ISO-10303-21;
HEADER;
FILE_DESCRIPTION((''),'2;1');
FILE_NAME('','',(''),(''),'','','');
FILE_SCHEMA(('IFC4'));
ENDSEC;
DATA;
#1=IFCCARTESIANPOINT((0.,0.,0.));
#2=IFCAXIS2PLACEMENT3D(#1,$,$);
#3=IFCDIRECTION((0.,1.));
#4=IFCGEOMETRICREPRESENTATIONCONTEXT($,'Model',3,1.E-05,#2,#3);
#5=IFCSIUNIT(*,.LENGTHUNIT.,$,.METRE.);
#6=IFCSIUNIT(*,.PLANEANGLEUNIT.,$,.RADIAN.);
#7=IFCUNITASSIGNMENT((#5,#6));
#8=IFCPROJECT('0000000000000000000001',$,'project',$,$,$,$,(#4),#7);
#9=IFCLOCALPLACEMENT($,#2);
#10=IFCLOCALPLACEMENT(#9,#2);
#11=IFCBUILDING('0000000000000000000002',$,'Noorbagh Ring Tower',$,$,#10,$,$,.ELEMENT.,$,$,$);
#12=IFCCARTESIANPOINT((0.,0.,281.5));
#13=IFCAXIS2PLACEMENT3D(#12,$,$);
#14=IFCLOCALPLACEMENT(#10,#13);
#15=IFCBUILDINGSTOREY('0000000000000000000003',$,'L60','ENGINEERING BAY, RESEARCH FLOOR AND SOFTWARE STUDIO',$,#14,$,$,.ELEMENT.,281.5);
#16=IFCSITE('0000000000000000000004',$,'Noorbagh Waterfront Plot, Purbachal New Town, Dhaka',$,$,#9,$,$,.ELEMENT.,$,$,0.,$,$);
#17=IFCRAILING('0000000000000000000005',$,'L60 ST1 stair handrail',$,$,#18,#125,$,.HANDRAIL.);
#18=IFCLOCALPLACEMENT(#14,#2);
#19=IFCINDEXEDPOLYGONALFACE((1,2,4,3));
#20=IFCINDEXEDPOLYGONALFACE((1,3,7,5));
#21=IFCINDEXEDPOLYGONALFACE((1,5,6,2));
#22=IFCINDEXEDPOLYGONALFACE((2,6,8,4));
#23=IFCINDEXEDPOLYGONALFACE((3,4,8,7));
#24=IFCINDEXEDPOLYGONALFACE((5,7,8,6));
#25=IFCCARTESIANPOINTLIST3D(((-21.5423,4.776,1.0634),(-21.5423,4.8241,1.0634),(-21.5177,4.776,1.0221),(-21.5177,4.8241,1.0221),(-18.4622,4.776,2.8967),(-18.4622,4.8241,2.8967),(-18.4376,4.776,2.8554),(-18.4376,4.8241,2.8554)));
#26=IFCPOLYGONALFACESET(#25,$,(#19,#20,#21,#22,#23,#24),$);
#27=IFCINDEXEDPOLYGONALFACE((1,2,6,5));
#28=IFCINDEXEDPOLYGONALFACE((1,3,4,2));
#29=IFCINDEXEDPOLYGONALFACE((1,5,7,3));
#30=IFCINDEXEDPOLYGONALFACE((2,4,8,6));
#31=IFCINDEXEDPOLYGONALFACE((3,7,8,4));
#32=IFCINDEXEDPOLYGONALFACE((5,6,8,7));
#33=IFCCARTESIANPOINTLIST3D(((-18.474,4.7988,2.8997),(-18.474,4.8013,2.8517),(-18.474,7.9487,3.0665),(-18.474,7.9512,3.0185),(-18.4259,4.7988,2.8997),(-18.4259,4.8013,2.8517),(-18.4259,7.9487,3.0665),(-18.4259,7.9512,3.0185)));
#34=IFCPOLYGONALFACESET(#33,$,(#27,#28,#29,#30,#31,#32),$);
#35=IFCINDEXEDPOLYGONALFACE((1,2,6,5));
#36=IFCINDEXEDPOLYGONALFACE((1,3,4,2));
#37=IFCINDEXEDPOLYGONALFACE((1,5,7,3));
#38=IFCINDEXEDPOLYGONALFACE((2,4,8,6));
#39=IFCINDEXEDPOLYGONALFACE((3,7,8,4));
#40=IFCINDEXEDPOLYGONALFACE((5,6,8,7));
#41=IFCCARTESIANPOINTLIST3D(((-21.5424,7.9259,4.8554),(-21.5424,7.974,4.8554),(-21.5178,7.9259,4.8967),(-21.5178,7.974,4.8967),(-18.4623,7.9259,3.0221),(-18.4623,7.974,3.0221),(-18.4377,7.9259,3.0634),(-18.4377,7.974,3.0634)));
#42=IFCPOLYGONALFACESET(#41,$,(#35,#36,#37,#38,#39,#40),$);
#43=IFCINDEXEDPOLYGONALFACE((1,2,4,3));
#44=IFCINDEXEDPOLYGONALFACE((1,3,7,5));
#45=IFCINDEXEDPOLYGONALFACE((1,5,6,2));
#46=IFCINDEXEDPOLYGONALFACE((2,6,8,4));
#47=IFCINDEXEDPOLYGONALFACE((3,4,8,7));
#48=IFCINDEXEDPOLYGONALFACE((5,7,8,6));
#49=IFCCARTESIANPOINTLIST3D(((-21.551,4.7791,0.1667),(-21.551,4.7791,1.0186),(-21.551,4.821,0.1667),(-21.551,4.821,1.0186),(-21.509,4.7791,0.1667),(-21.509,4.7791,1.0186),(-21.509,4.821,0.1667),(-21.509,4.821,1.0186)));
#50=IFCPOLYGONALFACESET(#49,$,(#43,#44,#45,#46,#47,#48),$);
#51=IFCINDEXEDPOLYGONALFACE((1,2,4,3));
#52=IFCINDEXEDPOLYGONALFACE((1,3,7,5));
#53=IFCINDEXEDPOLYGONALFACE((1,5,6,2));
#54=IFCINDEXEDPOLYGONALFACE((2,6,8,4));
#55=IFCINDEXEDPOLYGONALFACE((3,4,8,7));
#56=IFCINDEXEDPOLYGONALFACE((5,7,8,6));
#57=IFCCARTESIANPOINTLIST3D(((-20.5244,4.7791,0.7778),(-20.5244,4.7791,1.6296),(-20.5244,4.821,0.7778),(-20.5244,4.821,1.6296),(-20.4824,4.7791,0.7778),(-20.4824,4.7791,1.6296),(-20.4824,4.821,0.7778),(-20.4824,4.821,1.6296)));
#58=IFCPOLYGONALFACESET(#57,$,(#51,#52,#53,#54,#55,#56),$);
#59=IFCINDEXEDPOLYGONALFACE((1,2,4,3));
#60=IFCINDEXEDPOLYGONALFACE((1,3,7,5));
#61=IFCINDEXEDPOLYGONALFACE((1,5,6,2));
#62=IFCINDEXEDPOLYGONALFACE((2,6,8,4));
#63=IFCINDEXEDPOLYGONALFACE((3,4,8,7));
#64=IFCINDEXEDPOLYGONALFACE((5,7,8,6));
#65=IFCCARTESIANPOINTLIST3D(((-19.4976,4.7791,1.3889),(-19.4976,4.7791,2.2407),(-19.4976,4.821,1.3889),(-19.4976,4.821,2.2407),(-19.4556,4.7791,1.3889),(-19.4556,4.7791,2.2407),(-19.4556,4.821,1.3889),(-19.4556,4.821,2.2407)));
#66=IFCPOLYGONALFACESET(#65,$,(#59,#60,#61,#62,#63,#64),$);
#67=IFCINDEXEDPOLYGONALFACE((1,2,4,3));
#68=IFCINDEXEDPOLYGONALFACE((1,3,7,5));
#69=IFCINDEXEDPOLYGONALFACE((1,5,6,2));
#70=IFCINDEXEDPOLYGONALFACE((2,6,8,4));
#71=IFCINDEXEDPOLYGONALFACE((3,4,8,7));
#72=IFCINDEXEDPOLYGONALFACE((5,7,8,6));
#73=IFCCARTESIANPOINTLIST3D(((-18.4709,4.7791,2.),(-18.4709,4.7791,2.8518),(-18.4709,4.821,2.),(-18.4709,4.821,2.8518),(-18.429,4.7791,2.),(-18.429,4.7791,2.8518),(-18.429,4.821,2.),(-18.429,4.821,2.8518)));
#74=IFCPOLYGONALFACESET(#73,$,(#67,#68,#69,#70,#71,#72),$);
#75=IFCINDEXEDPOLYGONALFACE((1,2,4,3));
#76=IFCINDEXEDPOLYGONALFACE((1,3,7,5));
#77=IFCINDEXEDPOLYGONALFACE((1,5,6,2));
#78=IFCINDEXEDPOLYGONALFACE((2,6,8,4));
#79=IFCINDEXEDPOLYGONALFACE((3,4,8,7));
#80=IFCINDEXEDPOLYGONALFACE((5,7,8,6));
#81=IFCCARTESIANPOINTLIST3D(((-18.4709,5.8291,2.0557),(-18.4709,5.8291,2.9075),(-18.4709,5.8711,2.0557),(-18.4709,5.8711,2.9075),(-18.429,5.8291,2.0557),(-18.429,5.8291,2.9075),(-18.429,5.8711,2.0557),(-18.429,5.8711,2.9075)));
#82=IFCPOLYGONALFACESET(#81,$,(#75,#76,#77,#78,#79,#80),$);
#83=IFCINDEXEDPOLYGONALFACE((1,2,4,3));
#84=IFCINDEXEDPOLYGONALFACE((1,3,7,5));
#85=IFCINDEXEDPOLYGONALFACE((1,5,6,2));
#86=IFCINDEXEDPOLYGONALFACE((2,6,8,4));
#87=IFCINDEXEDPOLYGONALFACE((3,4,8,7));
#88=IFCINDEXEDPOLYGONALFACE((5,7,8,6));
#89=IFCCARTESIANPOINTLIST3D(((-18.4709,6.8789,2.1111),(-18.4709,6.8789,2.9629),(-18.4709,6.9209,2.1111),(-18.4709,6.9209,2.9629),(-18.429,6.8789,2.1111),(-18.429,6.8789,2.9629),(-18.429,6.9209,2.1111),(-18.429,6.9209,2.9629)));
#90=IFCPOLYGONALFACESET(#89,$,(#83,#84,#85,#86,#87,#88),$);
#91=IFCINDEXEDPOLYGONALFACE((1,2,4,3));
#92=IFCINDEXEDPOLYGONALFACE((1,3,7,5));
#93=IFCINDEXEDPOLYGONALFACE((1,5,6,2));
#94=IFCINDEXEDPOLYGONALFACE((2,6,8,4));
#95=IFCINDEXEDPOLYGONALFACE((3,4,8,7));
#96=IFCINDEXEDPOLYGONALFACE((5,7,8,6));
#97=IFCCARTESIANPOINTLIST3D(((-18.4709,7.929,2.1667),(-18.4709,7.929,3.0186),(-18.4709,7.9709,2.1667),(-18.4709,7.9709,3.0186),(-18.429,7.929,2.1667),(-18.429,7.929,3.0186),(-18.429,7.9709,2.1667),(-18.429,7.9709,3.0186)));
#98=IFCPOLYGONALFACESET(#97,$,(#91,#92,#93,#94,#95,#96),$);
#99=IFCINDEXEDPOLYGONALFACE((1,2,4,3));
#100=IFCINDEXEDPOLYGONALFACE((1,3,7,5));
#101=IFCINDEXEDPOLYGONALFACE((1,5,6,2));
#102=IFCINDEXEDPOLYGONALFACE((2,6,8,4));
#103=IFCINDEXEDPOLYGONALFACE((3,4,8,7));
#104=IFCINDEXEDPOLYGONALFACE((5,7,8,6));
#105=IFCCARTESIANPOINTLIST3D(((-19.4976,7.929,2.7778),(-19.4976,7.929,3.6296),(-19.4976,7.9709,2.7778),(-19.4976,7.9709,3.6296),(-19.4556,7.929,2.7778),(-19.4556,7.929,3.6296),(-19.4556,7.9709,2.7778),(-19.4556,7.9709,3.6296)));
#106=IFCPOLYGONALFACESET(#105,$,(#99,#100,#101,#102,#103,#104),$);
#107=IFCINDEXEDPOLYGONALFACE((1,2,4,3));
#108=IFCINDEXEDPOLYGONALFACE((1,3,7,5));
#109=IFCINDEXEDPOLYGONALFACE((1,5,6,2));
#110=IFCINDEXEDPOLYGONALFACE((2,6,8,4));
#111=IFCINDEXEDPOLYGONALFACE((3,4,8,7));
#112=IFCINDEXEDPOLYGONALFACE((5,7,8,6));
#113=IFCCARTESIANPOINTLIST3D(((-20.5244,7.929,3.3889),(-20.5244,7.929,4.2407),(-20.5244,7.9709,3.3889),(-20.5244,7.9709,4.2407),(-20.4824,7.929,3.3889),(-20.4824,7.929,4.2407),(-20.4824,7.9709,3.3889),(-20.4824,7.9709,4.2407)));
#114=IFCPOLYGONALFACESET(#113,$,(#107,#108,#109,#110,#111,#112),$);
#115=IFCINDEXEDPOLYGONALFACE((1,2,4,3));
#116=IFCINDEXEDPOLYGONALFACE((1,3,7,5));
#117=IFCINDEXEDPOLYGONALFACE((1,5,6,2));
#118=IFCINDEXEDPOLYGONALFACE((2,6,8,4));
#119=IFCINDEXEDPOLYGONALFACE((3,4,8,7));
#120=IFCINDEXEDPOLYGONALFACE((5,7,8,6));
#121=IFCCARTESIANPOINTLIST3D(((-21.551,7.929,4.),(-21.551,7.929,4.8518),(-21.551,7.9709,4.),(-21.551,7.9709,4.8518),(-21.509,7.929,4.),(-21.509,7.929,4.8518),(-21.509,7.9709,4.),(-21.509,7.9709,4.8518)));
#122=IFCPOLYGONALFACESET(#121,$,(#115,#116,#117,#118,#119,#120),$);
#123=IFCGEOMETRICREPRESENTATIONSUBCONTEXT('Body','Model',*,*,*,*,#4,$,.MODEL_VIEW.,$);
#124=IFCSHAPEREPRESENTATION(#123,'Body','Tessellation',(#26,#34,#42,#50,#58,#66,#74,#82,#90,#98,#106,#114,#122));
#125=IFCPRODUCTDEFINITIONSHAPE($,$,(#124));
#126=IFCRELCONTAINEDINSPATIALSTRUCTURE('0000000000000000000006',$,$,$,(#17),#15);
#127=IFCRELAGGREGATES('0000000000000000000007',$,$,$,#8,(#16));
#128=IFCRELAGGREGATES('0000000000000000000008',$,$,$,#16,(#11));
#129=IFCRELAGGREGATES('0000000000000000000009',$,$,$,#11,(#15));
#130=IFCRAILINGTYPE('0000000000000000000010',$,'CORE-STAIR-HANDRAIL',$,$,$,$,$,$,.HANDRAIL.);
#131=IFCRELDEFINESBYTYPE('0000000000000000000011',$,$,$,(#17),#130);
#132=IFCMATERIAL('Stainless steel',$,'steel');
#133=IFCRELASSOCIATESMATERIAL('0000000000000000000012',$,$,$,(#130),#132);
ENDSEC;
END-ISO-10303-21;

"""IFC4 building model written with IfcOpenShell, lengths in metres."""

from ifc_helpers import new_model, si_unit, direction, frame, origin, origin_2d, place, context, subcontext, project, spatial, rectangle, extrude, material, type_object, element, save


model = new_model("IFC4")

# Units and contexts
model_context = context("Model", 3, precision=1e-05, world=origin(), true_north=direction((0.0, 1.0)))
body_context = subcontext(model_context, "Body", "Model", "MODEL_VIEW")
ifc_project = project(units=[si_unit("LENGTHUNIT", "METRE"), si_unit("PLANEANGLEUNIT", "RADIAN")], contexts=[model_context])

# Site, building, storey
site_placement = place(None, origin())
site = spatial("IfcSite", under=ifc_project, at=site_placement, Name="Noorbagh Waterfront Plot, Purbachal New Town, Dhaka", CompositionType="ELEMENT", RefElevation=0.0)
building_placement = place(site_placement, origin())
building = spatial("IfcBuilding", under=site, at=building_placement, Name="Noorbagh Ring Tower", CompositionType="ELEMENT")
storey_placement = place(building_placement, frame((0.0, 0.0, 281.5)))
storey = spatial("IfcBuildingStorey", under=building, at=storey_placement, Name="L60", Description="ENGINEERING BAY, RESEARCH FLOOR AND SOFTWARE STUDIO", CompositionType="ELEMENT", Elevation=281.5)

# Railing
ifc_material_1 = material(Name="Stainless steel", Category="steel")
railing_type = type_object("IfcRailingType", Name="CORE-STAIR-HANDRAIL", PredefinedType="HANDRAIL", material=ifc_material_1)
railing_placement = place(storey_placement, frame((-21.53, 4.8, 0.1667)))
element("IfcRailing", 1, at=railing_placement, inside=storey, type_object=railing_type, Name="L60 ST1 stair handrail", PredefinedType="HANDRAIL", context=body_context, shape_type="SweptSolid", body=[
    extrude(rectangle(XDim=0.0481, YDim=0.0481, at=origin_2d()), frame((0.0, 0.0, 0.876), z_axis=(0.859309, 0.0, 0.511458), x_axis=(0.0, 1.0, 0.0)), (0.0, 0.0, 1.0), 3.5845),
    extrude(rectangle(XDim=0.0481, YDim=0.0481, at=origin_2d()), frame((3.0801, 0.0, 2.709), z_axis=(0.0, 0.998602, 0.052864), x_axis=(-1.0, 0.0, 0.0)), (0.0, 0.0, 1.0), 3.1543),
    extrude(rectangle(XDim=0.0481, YDim=0.0481, at=origin_2d()), frame((3.0801, 3.1499, 2.876), z_axis=(-0.859309, 0.0, 0.511458), x_axis=(0.0, -1.0, 0.0)), (0.0, 0.0, 1.0), 3.5845),
    extrude(rectangle(XDim=0.042, YDim=0.042, at=origin_2d()), origin(), (0.0, 0.0, 1.0), 0.8518),
    extrude(rectangle(XDim=0.042, YDim=0.042, at=origin_2d()), frame((1.0266, 0.0, 0.6111)), (0.0, 0.0, 1.0), 0.8518),
    extrude(rectangle(XDim=0.042, YDim=0.042, at=origin_2d()), frame((2.0535, 0.0, 1.2222)), (0.0, 0.0, 1.0), 0.8518),
    extrude(rectangle(XDim=0.042, YDim=0.042, at=origin_2d()), frame((3.0801, 0.0, 1.8333)), (0.0, 0.0, 1.0), 0.8518),
    extrude(rectangle(XDim=0.042, YDim=0.042, at=origin_2d()), frame((3.0801, 1.05, 1.8889)), (0.0, 0.0, 1.0), 0.8518),
    extrude(rectangle(XDim=0.042, YDim=0.042, at=origin_2d()), frame((3.0801, 2.0999, 1.9443)), (0.0, 0.0, 1.0), 0.8518),
    extrude(rectangle(XDim=0.042, YDim=0.042, at=origin_2d()), frame((3.0801, 3.1499, 2.0)), (0.0, 0.0, 1.0), 0.8518),
    extrude(rectangle(XDim=0.042, YDim=0.042, at=origin_2d()), frame((2.0535, 3.1499, 2.6111)), (0.0, 0.0, 1.0), 0.8518),
    extrude(rectangle(XDim=0.042, YDim=0.042, at=origin_2d()), frame((1.0266, 3.1499, 3.2222)), (0.0, 0.0, 1.0), 0.8518),
    extrude(rectangle(XDim=0.042, YDim=0.042, at=origin_2d()), frame((0.0, 3.1499, 3.8333)), (0.0, 0.0, 1.0), 0.8518),
])

save(model, "model.ifc")
